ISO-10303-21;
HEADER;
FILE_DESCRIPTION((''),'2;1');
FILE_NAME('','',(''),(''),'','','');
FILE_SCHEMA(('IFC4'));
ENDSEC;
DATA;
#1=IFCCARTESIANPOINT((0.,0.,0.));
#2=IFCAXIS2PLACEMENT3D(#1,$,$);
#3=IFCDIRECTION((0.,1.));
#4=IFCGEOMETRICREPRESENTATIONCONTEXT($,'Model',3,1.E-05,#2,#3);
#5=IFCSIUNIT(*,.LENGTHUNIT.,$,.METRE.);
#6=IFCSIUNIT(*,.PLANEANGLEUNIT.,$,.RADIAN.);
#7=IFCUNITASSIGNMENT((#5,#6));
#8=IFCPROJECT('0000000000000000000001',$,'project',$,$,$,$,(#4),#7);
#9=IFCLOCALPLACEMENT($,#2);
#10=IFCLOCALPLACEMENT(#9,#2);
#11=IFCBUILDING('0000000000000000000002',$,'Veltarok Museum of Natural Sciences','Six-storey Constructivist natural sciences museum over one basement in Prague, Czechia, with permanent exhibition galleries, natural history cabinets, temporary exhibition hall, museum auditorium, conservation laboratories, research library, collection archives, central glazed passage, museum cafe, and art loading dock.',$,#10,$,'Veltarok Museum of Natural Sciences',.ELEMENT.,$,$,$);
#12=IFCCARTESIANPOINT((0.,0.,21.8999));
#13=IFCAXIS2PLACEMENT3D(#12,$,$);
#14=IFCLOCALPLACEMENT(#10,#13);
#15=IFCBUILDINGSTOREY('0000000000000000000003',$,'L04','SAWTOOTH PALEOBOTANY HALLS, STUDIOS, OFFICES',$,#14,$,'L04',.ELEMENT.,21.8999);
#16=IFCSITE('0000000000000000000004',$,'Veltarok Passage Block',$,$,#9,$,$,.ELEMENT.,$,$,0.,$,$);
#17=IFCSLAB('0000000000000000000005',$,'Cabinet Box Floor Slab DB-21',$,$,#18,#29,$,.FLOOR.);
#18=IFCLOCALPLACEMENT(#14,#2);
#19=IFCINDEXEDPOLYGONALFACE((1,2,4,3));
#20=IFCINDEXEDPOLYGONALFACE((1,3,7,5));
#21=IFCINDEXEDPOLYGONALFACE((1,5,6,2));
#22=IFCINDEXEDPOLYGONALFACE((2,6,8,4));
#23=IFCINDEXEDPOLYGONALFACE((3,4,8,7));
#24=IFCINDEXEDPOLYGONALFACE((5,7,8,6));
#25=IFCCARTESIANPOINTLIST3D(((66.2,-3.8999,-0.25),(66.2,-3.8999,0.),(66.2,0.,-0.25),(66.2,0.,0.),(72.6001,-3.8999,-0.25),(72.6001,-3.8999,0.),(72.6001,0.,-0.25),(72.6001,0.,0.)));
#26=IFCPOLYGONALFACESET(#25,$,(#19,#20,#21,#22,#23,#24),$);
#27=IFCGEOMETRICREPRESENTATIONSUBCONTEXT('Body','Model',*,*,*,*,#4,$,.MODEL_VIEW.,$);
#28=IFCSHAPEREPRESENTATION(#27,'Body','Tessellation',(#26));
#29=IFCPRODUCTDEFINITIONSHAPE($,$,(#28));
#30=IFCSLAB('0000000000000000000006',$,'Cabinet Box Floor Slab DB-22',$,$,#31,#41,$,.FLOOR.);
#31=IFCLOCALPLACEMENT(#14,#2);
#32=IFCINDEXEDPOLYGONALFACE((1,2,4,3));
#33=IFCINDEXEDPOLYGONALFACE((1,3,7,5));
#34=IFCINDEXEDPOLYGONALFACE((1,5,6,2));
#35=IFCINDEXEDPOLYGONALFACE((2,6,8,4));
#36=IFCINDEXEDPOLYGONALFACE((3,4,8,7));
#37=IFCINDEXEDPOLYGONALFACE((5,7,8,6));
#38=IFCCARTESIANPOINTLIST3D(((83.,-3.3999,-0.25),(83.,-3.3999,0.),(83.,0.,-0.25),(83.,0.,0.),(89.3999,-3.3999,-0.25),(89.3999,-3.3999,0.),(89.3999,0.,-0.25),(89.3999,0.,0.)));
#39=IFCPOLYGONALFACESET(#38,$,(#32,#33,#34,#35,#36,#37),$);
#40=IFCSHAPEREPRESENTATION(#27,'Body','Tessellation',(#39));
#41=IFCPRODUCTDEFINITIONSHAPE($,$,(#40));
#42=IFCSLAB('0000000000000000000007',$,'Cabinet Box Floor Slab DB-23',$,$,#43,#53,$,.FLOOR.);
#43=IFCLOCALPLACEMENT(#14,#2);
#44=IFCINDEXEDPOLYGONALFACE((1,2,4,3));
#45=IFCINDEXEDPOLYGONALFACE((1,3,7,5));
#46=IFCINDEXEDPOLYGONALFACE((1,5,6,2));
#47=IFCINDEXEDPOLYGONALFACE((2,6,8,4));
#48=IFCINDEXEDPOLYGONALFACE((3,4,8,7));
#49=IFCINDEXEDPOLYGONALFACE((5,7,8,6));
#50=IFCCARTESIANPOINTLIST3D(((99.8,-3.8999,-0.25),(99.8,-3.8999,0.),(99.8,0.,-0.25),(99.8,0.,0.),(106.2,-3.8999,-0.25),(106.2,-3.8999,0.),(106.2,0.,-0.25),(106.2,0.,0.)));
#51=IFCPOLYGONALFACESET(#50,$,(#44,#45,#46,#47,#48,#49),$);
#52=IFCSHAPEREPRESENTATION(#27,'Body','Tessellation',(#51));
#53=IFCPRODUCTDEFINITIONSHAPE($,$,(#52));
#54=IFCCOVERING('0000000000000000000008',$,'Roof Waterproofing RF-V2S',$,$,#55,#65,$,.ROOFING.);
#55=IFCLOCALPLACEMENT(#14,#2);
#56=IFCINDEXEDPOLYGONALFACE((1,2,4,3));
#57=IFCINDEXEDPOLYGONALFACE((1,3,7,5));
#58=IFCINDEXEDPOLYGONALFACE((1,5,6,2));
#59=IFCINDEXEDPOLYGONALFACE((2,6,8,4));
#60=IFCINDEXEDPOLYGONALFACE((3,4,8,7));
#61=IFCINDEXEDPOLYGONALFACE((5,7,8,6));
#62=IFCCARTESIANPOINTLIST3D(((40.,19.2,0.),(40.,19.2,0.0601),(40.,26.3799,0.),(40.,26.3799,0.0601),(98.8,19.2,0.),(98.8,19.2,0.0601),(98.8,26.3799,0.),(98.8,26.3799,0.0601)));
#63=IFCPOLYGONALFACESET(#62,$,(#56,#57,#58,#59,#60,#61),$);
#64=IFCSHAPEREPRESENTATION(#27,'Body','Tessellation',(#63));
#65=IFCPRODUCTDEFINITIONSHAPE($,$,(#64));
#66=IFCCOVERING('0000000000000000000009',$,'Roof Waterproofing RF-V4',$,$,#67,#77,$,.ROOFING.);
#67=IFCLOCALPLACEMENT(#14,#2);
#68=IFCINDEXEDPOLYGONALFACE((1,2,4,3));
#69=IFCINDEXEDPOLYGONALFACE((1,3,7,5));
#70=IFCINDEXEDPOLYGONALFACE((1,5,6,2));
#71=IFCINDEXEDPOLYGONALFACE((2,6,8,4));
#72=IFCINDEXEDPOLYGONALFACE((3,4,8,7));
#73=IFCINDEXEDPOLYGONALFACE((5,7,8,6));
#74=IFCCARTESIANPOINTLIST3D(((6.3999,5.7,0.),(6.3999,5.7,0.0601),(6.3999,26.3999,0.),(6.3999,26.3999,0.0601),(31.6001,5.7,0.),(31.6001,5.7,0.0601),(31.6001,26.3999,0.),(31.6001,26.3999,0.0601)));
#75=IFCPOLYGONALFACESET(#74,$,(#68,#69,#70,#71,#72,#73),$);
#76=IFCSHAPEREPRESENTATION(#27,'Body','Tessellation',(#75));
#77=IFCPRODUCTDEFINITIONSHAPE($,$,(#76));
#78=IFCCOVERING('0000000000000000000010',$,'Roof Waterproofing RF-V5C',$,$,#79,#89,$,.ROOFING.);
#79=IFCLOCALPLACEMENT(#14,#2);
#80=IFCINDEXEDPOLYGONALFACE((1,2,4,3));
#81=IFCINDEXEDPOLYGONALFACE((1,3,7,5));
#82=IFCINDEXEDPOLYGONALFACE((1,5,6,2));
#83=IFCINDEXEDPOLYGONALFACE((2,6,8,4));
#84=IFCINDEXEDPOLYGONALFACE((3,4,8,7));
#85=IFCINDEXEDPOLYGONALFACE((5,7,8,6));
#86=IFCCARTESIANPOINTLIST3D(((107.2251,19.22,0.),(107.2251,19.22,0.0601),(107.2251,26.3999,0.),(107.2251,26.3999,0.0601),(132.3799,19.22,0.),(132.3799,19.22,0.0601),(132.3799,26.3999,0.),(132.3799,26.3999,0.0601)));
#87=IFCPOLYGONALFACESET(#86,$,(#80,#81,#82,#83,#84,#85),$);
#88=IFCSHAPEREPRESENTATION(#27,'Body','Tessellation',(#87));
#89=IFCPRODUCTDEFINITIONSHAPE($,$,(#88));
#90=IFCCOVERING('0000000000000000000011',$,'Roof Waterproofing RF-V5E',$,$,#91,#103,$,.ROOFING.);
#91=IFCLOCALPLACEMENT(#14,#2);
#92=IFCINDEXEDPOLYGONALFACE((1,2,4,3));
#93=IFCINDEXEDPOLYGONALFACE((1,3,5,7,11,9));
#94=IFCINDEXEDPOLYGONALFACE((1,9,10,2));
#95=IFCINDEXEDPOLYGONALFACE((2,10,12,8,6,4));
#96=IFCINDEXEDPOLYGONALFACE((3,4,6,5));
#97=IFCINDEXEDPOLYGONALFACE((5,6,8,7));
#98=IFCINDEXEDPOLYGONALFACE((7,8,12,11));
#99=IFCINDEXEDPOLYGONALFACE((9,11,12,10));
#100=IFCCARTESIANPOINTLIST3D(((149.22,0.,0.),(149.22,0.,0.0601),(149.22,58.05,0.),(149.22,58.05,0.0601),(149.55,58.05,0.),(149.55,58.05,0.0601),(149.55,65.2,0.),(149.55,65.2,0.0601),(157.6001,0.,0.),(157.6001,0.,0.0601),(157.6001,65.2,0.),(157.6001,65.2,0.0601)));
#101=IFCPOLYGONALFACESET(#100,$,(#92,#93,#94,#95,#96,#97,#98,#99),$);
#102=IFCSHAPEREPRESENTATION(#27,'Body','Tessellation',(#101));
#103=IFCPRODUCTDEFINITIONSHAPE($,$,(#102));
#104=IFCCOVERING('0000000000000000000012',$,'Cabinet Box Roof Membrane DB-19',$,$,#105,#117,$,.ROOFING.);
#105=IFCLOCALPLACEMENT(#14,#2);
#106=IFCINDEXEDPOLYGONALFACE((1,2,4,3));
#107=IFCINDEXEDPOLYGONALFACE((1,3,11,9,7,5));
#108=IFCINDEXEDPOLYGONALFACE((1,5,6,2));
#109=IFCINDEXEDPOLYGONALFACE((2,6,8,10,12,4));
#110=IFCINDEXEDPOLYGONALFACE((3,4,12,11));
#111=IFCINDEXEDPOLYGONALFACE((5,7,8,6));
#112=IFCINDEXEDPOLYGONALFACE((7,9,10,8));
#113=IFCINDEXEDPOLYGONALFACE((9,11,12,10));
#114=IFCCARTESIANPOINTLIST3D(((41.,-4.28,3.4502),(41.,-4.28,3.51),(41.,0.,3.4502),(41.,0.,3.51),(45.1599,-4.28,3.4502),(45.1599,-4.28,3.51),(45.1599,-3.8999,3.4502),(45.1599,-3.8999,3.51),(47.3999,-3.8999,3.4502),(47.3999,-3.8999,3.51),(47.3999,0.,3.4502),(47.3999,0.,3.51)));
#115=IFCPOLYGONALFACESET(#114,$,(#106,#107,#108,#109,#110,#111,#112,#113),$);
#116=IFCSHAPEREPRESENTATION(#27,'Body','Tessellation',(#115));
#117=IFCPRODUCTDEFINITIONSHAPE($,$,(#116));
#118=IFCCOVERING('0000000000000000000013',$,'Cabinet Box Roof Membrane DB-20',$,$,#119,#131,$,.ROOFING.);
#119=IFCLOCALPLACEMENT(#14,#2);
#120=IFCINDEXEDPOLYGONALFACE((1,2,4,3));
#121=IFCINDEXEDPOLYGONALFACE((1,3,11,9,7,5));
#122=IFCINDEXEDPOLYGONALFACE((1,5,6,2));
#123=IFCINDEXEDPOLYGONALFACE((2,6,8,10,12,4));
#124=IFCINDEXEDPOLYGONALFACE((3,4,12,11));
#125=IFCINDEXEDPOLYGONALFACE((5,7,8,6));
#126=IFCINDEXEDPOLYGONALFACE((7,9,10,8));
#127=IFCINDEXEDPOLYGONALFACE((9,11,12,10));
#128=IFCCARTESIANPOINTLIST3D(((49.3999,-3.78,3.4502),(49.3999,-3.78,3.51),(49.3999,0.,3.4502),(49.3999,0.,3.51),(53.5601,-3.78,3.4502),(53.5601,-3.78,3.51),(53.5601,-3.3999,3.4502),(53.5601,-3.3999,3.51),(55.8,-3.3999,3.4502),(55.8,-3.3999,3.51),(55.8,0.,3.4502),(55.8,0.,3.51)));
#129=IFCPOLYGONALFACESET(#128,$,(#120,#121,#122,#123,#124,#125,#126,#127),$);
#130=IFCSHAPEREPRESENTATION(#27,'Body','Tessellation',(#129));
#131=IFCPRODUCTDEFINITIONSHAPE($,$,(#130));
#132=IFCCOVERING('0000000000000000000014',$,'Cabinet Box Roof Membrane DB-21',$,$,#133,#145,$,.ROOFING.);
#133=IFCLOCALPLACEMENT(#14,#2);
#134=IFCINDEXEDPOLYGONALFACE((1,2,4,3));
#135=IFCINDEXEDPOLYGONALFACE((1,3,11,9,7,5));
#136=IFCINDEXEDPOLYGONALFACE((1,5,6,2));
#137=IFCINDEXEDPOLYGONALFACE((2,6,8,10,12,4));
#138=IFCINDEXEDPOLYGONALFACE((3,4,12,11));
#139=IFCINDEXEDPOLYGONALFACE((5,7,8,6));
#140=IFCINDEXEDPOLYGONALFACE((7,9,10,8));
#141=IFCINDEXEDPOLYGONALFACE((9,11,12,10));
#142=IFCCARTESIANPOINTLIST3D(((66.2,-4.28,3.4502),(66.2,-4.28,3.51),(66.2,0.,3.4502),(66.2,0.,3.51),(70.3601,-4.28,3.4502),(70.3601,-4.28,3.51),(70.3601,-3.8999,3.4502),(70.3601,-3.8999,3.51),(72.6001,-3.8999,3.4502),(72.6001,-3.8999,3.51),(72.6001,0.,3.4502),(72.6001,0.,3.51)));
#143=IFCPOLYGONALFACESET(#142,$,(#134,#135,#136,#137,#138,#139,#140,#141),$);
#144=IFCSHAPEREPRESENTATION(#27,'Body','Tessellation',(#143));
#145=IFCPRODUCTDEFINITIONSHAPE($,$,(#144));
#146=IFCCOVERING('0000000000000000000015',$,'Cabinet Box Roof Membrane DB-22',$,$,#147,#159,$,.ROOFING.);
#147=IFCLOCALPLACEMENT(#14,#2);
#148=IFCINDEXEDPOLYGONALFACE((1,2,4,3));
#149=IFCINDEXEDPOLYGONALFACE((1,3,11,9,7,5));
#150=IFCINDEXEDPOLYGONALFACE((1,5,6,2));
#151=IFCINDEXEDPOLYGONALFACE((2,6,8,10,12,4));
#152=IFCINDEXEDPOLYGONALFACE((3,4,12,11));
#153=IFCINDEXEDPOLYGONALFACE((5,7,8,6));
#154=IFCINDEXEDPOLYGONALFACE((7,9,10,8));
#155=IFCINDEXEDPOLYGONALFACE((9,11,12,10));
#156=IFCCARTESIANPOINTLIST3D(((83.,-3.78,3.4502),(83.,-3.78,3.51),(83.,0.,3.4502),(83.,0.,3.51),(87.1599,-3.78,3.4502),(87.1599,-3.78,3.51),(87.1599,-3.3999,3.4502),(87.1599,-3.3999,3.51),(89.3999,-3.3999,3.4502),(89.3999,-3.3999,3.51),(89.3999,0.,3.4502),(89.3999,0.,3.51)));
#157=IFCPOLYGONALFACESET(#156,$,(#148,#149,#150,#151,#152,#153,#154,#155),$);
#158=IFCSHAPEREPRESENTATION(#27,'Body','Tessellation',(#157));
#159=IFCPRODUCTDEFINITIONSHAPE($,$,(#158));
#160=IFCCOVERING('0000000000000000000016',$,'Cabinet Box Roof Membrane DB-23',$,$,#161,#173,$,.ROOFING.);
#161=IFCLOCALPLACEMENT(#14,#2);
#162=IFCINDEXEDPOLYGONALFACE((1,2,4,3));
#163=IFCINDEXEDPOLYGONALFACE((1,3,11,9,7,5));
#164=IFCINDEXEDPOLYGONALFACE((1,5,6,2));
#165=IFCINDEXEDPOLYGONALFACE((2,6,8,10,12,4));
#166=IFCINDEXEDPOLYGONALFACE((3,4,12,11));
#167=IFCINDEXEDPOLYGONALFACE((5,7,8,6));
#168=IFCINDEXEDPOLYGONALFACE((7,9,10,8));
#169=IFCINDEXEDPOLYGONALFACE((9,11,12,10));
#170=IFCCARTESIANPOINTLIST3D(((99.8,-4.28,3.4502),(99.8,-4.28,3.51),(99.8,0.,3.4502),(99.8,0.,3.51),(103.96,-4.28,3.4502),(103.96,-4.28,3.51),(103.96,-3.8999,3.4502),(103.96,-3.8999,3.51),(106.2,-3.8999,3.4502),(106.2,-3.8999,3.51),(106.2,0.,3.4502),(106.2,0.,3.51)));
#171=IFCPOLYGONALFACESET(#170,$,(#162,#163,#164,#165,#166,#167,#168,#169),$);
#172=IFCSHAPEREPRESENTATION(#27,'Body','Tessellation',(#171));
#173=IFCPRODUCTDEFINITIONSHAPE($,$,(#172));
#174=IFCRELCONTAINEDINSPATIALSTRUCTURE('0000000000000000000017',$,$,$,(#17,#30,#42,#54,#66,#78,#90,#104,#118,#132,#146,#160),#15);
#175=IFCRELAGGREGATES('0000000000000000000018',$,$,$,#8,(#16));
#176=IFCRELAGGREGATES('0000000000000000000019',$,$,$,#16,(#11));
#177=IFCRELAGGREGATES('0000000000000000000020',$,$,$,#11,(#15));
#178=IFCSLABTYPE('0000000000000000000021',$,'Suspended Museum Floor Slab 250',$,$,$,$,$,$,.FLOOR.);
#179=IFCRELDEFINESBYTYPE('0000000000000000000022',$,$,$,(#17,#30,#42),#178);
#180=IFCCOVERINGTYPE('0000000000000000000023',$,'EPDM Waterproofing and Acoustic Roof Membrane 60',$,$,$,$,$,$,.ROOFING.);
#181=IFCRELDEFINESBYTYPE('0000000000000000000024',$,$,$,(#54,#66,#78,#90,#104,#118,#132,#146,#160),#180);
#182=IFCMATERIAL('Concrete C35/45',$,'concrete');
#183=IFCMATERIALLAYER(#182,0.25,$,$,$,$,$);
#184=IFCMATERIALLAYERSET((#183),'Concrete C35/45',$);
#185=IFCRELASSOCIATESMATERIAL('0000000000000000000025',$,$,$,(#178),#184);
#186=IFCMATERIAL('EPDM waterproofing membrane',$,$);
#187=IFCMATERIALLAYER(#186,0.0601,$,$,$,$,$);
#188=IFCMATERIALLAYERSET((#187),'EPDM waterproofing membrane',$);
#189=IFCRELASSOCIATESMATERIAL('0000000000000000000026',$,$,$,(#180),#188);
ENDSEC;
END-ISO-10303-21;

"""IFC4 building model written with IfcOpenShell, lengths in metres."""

from ifc_helpers import new_model, si_unit, direction, frame, origin, place, context, subcontext, project, spatial, polyline, outline, extrude, material, layer, layer_set, type_object, element, save


model = new_model("IFC4")

# Units and contexts
model_context = context("Model", 3, precision=1e-05, world=origin(), true_north=direction((0.0, 1.0)))
body_context = subcontext(model_context, "Body", "Model", "MODEL_VIEW")
ifc_project = project(units=[si_unit("LENGTHUNIT", "METRE"), si_unit("PLANEANGLEUNIT", "RADIAN")], contexts=[model_context])

# Site, building, storey
site_placement = place(None, origin())
site = spatial("IfcSite", under=ifc_project, at=site_placement, Name="Veltarok Passage Block", CompositionType="ELEMENT", RefElevation=0.0)
building_placement = place(site_placement, origin())
building = spatial("IfcBuilding", under=site, at=building_placement, Name="Veltarok Museum of Natural Sciences", Description="Six-storey Constructivist natural sciences museum over one basement in Prague, Czechia, with permanent exhibition galleries, natural history cabinets, temporary exhibition hall, museum auditorium, conservation laboratories, research library, collection archives, central glazed passage, museum cafe, and art loading dock.", LongName="Veltarok Museum of Natural Sciences", CompositionType="ELEMENT")
storey_placement = place(building_placement, frame((0.0, 0.0, 21.8999)))
storey = spatial("IfcBuildingStorey", under=building, at=storey_placement, Name="L04", Description="SAWTOOTH PALEOBOTANY HALLS, STUDIOS, OFFICES", LongName="L04", CompositionType="ELEMENT", Elevation=21.8999)

# Shared definitions
ifc_material_1 = material(Name="Concrete C35/45", Category="concrete")

# Slabs
ifc_layer_1 = layer(ifc_material_1, 0.25)
ifc_layer_set_1 = layer_set([ifc_layer_1], Name="Concrete C35/45")
slab_type_1 = type_object("IfcSlabType", Name="Suspended Museum Floor Slab 250", PredefinedType="FLOOR", material=ifc_layer_set_1)
slab_1_placement = place(storey_placement, frame((0.0, 0.0, -0.25)))
element("IfcSlab", 1, at=slab_1_placement, inside=storey, type_object=slab_type_1, Name="Cabinet Box Floor Slab DB-21", PredefinedType="FLOOR", context=body_context, shape_type="SweptSolid", body=[
    extrude(outline(polyline([(66.2, -3.8999), (72.6001, -3.8999), (72.6001, 0.0), (66.2, 0.0), (66.2, -3.8999)])), origin(), (0.0, 0.0, 1.0), 0.25),
])
slab_2_placement = place(storey_placement, frame((0.0, 0.0, -0.25)))
element("IfcSlab", 2, at=slab_2_placement, inside=storey, type_object=slab_type_1, Name="Cabinet Box Floor Slab DB-22", PredefinedType="FLOOR", context=body_context, shape_type="SweptSolid", body=[
    extrude(outline(polyline([(83.0, -3.3999), (89.3999, -3.3999), (89.3999, 0.0), (83.0, 0.0), (83.0, -3.3999)])), origin(), (0.0, 0.0, 1.0), 0.25),
])
slab_3_placement = place(storey_placement, frame((0.0, 0.0, -0.25)))
element("IfcSlab", 3, at=slab_3_placement, inside=storey, type_object=slab_type_1, Name="Cabinet Box Floor Slab DB-23", PredefinedType="FLOOR", context=body_context, shape_type="SweptSolid", body=[
    extrude(outline(polyline([(99.8, -3.8999), (106.2, -3.8999), (106.2, 0.0), (99.8, 0.0), (99.8, -3.8999)])), origin(), (0.0, 0.0, 1.0), 0.25),
])

# Coverings
ifc_material_2 = material(Name="EPDM waterproofing membrane")
ifc_layer_2 = layer(ifc_material_2, 0.0601)
ifc_layer_set_2 = layer_set([ifc_layer_2], Name="EPDM waterproofing membrane")
covering_type = type_object("IfcCoveringType", Name="EPDM Waterproofing and Acoustic Roof Membrane 60", PredefinedType="ROOFING", material=ifc_layer_set_2)
covering_1_placement = place(storey_placement, origin())
element("IfcCovering", 4, at=covering_1_placement, inside=storey, type_object=covering_type, Name="Roof Waterproofing RF-V2S", PredefinedType="ROOFING", context=body_context, shape_type="SweptSolid", body=[
    extrude(outline(polyline([(40.0, 19.2), (40.0, 26.3799), (98.8, 26.3799), (98.8, 19.2), (40.0, 19.2)])), origin(), (0.0, 0.0, 1.0), 0.0601),
])
covering_2_placement = place(storey_placement, origin())
element("IfcCovering", 5, at=covering_2_placement, inside=storey, type_object=covering_type, Name="Roof Waterproofing RF-V4", PredefinedType="ROOFING", context=body_context, shape_type="SweptSolid", body=[
    extrude(outline(polyline([(6.3999, 5.7), (6.3999, 26.3999), (31.6001, 26.3999), (31.6001, 5.7), (6.3999, 5.7)])), origin(), (0.0, 0.0, 1.0), 0.0601),
])
covering_3_placement = place(storey_placement, origin())
element("IfcCovering", 6, at=covering_3_placement, inside=storey, type_object=covering_type, Name="Roof Waterproofing RF-V5C", PredefinedType="ROOFING", context=body_context, shape_type="SweptSolid", body=[
    extrude(outline(polyline([(107.2251, 19.22), (107.2251, 26.3999), (132.3799, 26.3999), (132.3799, 19.22), (107.2251, 19.22)])), origin(), (0.0, 0.0, 1.0), 0.0601),
])
covering_4_placement = place(storey_placement, origin())
element("IfcCovering", 7, at=covering_4_placement, inside=storey, type_object=covering_type, Name="Roof Waterproofing RF-V5E", PredefinedType="ROOFING", context=body_context, shape_type="SweptSolid", body=[
    extrude(outline(polyline([(157.6001, 0.0), (149.22, 0.0), (149.22, 58.05), (149.55, 58.05), (149.55, 65.2), (157.6001, 65.2), (157.6001, 0.0)])), origin(), (0.0, 0.0, 1.0), 0.0601),
])
covering_5_placement = place(storey_placement, frame((0.0, 0.0, 3.4502)))
element("IfcCovering", 8, at=covering_5_placement, inside=storey, type_object=covering_type, Name="Cabinet Box Roof Membrane DB-19", PredefinedType="ROOFING", context=body_context, shape_type="SweptSolid", body=[
    extrude(outline(polyline([(41.0, -4.28), (45.1599, -4.28), (45.1599, -3.8999), (47.3999, -3.8999), (47.3999, 0.0), (41.0, 0.0), (41.0, -4.28)])), origin(), (0.0, 0.0, 1.0), 0.0598),
])
covering_6_placement = place(storey_placement, frame((0.0, 0.0, 3.4502)))
element("IfcCovering", 9, at=covering_6_placement, inside=storey, type_object=covering_type, Name="Cabinet Box Roof Membrane DB-20", PredefinedType="ROOFING", context=body_context, shape_type="SweptSolid", body=[
    extrude(outline(polyline([(49.3999, -3.78), (53.5601, -3.78), (53.5601, -3.3999), (55.8, -3.3999), (55.8, 0.0), (49.3999, 0.0), (49.3999, -3.78)])), origin(), (0.0, 0.0, 1.0), 0.0598),
])
covering_7_placement = place(storey_placement, frame((0.0, 0.0, 3.4502)))
element("IfcCovering", 10, at=covering_7_placement, inside=storey, type_object=covering_type, Name="Cabinet Box Roof Membrane DB-21", PredefinedType="ROOFING", context=body_context, shape_type="SweptSolid", body=[
    extrude(outline(polyline([(66.2, -4.28), (70.3601, -4.28), (70.3601, -3.8999), (72.6001, -3.8999), (72.6001, 0.0), (66.2, 0.0), (66.2, -4.28)])), origin(), (0.0, 0.0, 1.0), 0.0598),
])
covering_8_placement = place(storey_placement, frame((0.0, 0.0, 3.4502)))
element("IfcCovering", 11, at=covering_8_placement, inside=storey, type_object=covering_type, Name="Cabinet Box Roof Membrane DB-22", PredefinedType="ROOFING", context=body_context, shape_type="SweptSolid", body=[
    extrude(outline(polyline([(83.0, -3.78), (87.1599, -3.78), (87.1599, -3.3999), (89.3999, -3.3999), (89.3999, 0.0), (83.0, 0.0), (83.0, -3.78)])), origin(), (0.0, 0.0, 1.0), 0.0598),
])
covering_9_placement = place(storey_placement, frame((0.0, 0.0, 3.4502)))
element("IfcCovering", 12, at=covering_9_placement, inside=storey, type_object=covering_type, Name="Cabinet Box Roof Membrane DB-23", PredefinedType="ROOFING", context=body_context, shape_type="SweptSolid", body=[
    extrude(outline(polyline([(99.8, -4.28), (103.96, -4.28), (103.96, -3.8999), (106.2, -3.8999), (106.2, 0.0), (99.8, 0.0), (99.8, -4.28)])), origin(), (0.0, 0.0, 1.0), 0.0598),
])

save(model, "model.ifc")
